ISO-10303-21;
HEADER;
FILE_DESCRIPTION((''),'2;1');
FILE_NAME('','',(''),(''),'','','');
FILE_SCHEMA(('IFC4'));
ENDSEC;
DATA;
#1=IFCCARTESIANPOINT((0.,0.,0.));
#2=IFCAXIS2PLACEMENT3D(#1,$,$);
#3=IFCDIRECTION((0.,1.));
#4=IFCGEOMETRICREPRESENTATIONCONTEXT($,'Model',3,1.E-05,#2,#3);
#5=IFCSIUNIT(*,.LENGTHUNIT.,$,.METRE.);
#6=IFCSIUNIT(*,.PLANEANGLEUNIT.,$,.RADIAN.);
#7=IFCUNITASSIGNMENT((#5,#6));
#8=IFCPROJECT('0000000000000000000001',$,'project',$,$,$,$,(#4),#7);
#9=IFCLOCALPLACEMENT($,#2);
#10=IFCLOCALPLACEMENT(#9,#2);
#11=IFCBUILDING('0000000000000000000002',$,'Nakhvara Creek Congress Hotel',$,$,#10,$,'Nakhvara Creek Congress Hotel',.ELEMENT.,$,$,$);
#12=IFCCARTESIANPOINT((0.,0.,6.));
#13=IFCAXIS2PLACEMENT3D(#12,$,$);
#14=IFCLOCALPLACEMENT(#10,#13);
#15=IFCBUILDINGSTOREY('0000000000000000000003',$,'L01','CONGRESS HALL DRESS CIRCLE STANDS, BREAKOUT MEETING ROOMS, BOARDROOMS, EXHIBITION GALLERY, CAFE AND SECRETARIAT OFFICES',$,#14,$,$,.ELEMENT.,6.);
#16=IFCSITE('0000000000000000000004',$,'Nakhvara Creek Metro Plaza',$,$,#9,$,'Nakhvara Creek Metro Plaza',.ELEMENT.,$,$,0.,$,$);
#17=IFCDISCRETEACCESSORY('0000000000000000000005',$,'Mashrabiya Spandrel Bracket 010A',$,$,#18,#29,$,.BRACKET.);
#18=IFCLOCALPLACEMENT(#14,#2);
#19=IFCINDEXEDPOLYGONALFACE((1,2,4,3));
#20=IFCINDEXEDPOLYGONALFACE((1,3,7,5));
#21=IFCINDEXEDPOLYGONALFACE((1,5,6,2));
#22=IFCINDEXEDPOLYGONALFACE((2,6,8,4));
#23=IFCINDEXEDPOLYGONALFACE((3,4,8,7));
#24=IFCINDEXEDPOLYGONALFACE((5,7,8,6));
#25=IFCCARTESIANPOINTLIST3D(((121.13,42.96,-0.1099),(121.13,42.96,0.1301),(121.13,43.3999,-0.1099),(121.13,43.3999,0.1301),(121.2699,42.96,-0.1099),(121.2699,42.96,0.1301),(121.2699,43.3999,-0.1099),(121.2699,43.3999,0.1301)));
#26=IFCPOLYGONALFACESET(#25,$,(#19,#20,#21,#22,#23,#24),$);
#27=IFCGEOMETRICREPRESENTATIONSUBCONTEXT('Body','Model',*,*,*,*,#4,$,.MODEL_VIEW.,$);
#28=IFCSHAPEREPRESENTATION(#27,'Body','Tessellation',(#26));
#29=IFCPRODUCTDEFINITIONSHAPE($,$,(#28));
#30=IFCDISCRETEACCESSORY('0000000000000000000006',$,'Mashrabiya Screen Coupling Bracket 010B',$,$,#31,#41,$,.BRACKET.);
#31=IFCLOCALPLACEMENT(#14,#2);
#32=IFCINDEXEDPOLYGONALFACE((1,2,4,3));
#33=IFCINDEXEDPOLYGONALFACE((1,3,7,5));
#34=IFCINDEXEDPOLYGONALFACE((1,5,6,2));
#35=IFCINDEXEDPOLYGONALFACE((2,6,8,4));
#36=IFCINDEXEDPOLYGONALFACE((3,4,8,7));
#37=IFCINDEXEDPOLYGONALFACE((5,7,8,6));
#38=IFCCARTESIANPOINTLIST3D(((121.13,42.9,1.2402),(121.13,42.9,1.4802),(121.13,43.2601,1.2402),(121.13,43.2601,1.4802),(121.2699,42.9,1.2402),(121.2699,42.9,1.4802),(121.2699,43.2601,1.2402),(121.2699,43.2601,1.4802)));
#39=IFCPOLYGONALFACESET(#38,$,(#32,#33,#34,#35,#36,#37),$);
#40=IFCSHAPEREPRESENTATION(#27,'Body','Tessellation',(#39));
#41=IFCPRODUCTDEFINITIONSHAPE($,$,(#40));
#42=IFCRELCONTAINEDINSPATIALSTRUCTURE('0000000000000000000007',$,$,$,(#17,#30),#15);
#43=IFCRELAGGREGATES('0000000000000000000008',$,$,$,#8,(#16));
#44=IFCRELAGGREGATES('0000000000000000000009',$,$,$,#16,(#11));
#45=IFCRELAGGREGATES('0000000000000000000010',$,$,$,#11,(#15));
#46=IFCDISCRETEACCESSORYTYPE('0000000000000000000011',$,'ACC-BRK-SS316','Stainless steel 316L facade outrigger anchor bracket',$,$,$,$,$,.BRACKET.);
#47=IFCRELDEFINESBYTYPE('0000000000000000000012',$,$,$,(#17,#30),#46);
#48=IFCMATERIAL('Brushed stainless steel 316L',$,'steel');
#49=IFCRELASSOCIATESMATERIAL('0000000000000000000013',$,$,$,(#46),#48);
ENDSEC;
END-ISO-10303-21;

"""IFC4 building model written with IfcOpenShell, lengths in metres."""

from ifc_helpers import new_model, si_unit, direction, frame, origin, origin_2d, place, context, subcontext, project, spatial, rectangle, extrude, material, type_object, element, save


model = new_model("IFC4")

# Units and contexts
model_context = context("Model", 3, precision=1e-05, world=origin(), true_north=direction((0.0, 1.0)))
body_context = subcontext(model_context, "Body", "Model", "MODEL_VIEW")
ifc_project = project(units=[si_unit("LENGTHUNIT", "METRE"), si_unit("PLANEANGLEUNIT", "RADIAN")], contexts=[model_context])

# Site, building, storey
site_placement = place(None, origin())
site = spatial("IfcSite", under=ifc_project, at=site_placement, Name="Nakhvara Creek Metro Plaza", LongName="Nakhvara Creek Metro Plaza", CompositionType="ELEMENT", RefElevation=0.0)
building_placement = place(site_placement, origin())
building = spatial("IfcBuilding", under=site, at=building_placement, Name="Nakhvara Creek Congress Hotel", LongName="Nakhvara Creek Congress Hotel", CompositionType="ELEMENT")
storey_placement = place(building_placement, frame((0.0, 0.0, 6.0)))
storey = spatial("IfcBuildingStorey", under=building, at=storey_placement, Name="L01", Description="CONGRESS HALL DRESS CIRCLE STANDS, BREAKOUT MEETING ROOMS, BOARDROOMS, EXHIBITION GALLERY, CAFE AND SECRETARIAT OFFICES", CompositionType="ELEMENT", Elevation=6.0)

# Discrete accessories
ifc_material_1 = material(Name="Brushed stainless steel 316L", Category="steel")
discrete_accessory_type = type_object("IfcDiscreteAccessoryType", Name="ACC-BRK-SS316", Description="Stainless steel 316L facade outrigger anchor bracket", PredefinedType="BRACKET", material=ifc_material_1)
discrete_accessory_1_placement = place(storey_placement, frame((121.2, 43.1799, -0.1099), z_axis=(0.0, 0.0, 1.0), x_axis=(1.0, 0.0, 0.0)))
element("IfcDiscreteAccessory", 1, at=discrete_accessory_1_placement, inside=storey, type_object=discrete_accessory_type, Name="Mashrabiya Spandrel Bracket 010A", PredefinedType="BRACKET", context=body_context, shape_type="SweptSolid", body=[
    extrude(rectangle(XDim=0.1399, YDim=0.4399, at=origin_2d()), origin(), (0.0, 0.0, 1.0), 0.24),
])
discrete_accessory_2_placement = place(storey_placement, frame((121.2, 43.0801, 1.2402), z_axis=(0.0, 0.0, 1.0), x_axis=(1.0, 0.0, 0.0)))
element("IfcDiscreteAccessory", 2, at=discrete_accessory_2_placement, inside=storey, type_object=discrete_accessory_type, Name="Mashrabiya Screen Coupling Bracket 010B", PredefinedType="BRACKET", context=body_context, shape_type="SweptSolid", body=[
    extrude(rectangle(XDim=0.1399, YDim=0.3601, at=origin_2d()), origin(), (0.0, 0.0, 1.0), 0.24),
])

save(model, "model.ifc")
